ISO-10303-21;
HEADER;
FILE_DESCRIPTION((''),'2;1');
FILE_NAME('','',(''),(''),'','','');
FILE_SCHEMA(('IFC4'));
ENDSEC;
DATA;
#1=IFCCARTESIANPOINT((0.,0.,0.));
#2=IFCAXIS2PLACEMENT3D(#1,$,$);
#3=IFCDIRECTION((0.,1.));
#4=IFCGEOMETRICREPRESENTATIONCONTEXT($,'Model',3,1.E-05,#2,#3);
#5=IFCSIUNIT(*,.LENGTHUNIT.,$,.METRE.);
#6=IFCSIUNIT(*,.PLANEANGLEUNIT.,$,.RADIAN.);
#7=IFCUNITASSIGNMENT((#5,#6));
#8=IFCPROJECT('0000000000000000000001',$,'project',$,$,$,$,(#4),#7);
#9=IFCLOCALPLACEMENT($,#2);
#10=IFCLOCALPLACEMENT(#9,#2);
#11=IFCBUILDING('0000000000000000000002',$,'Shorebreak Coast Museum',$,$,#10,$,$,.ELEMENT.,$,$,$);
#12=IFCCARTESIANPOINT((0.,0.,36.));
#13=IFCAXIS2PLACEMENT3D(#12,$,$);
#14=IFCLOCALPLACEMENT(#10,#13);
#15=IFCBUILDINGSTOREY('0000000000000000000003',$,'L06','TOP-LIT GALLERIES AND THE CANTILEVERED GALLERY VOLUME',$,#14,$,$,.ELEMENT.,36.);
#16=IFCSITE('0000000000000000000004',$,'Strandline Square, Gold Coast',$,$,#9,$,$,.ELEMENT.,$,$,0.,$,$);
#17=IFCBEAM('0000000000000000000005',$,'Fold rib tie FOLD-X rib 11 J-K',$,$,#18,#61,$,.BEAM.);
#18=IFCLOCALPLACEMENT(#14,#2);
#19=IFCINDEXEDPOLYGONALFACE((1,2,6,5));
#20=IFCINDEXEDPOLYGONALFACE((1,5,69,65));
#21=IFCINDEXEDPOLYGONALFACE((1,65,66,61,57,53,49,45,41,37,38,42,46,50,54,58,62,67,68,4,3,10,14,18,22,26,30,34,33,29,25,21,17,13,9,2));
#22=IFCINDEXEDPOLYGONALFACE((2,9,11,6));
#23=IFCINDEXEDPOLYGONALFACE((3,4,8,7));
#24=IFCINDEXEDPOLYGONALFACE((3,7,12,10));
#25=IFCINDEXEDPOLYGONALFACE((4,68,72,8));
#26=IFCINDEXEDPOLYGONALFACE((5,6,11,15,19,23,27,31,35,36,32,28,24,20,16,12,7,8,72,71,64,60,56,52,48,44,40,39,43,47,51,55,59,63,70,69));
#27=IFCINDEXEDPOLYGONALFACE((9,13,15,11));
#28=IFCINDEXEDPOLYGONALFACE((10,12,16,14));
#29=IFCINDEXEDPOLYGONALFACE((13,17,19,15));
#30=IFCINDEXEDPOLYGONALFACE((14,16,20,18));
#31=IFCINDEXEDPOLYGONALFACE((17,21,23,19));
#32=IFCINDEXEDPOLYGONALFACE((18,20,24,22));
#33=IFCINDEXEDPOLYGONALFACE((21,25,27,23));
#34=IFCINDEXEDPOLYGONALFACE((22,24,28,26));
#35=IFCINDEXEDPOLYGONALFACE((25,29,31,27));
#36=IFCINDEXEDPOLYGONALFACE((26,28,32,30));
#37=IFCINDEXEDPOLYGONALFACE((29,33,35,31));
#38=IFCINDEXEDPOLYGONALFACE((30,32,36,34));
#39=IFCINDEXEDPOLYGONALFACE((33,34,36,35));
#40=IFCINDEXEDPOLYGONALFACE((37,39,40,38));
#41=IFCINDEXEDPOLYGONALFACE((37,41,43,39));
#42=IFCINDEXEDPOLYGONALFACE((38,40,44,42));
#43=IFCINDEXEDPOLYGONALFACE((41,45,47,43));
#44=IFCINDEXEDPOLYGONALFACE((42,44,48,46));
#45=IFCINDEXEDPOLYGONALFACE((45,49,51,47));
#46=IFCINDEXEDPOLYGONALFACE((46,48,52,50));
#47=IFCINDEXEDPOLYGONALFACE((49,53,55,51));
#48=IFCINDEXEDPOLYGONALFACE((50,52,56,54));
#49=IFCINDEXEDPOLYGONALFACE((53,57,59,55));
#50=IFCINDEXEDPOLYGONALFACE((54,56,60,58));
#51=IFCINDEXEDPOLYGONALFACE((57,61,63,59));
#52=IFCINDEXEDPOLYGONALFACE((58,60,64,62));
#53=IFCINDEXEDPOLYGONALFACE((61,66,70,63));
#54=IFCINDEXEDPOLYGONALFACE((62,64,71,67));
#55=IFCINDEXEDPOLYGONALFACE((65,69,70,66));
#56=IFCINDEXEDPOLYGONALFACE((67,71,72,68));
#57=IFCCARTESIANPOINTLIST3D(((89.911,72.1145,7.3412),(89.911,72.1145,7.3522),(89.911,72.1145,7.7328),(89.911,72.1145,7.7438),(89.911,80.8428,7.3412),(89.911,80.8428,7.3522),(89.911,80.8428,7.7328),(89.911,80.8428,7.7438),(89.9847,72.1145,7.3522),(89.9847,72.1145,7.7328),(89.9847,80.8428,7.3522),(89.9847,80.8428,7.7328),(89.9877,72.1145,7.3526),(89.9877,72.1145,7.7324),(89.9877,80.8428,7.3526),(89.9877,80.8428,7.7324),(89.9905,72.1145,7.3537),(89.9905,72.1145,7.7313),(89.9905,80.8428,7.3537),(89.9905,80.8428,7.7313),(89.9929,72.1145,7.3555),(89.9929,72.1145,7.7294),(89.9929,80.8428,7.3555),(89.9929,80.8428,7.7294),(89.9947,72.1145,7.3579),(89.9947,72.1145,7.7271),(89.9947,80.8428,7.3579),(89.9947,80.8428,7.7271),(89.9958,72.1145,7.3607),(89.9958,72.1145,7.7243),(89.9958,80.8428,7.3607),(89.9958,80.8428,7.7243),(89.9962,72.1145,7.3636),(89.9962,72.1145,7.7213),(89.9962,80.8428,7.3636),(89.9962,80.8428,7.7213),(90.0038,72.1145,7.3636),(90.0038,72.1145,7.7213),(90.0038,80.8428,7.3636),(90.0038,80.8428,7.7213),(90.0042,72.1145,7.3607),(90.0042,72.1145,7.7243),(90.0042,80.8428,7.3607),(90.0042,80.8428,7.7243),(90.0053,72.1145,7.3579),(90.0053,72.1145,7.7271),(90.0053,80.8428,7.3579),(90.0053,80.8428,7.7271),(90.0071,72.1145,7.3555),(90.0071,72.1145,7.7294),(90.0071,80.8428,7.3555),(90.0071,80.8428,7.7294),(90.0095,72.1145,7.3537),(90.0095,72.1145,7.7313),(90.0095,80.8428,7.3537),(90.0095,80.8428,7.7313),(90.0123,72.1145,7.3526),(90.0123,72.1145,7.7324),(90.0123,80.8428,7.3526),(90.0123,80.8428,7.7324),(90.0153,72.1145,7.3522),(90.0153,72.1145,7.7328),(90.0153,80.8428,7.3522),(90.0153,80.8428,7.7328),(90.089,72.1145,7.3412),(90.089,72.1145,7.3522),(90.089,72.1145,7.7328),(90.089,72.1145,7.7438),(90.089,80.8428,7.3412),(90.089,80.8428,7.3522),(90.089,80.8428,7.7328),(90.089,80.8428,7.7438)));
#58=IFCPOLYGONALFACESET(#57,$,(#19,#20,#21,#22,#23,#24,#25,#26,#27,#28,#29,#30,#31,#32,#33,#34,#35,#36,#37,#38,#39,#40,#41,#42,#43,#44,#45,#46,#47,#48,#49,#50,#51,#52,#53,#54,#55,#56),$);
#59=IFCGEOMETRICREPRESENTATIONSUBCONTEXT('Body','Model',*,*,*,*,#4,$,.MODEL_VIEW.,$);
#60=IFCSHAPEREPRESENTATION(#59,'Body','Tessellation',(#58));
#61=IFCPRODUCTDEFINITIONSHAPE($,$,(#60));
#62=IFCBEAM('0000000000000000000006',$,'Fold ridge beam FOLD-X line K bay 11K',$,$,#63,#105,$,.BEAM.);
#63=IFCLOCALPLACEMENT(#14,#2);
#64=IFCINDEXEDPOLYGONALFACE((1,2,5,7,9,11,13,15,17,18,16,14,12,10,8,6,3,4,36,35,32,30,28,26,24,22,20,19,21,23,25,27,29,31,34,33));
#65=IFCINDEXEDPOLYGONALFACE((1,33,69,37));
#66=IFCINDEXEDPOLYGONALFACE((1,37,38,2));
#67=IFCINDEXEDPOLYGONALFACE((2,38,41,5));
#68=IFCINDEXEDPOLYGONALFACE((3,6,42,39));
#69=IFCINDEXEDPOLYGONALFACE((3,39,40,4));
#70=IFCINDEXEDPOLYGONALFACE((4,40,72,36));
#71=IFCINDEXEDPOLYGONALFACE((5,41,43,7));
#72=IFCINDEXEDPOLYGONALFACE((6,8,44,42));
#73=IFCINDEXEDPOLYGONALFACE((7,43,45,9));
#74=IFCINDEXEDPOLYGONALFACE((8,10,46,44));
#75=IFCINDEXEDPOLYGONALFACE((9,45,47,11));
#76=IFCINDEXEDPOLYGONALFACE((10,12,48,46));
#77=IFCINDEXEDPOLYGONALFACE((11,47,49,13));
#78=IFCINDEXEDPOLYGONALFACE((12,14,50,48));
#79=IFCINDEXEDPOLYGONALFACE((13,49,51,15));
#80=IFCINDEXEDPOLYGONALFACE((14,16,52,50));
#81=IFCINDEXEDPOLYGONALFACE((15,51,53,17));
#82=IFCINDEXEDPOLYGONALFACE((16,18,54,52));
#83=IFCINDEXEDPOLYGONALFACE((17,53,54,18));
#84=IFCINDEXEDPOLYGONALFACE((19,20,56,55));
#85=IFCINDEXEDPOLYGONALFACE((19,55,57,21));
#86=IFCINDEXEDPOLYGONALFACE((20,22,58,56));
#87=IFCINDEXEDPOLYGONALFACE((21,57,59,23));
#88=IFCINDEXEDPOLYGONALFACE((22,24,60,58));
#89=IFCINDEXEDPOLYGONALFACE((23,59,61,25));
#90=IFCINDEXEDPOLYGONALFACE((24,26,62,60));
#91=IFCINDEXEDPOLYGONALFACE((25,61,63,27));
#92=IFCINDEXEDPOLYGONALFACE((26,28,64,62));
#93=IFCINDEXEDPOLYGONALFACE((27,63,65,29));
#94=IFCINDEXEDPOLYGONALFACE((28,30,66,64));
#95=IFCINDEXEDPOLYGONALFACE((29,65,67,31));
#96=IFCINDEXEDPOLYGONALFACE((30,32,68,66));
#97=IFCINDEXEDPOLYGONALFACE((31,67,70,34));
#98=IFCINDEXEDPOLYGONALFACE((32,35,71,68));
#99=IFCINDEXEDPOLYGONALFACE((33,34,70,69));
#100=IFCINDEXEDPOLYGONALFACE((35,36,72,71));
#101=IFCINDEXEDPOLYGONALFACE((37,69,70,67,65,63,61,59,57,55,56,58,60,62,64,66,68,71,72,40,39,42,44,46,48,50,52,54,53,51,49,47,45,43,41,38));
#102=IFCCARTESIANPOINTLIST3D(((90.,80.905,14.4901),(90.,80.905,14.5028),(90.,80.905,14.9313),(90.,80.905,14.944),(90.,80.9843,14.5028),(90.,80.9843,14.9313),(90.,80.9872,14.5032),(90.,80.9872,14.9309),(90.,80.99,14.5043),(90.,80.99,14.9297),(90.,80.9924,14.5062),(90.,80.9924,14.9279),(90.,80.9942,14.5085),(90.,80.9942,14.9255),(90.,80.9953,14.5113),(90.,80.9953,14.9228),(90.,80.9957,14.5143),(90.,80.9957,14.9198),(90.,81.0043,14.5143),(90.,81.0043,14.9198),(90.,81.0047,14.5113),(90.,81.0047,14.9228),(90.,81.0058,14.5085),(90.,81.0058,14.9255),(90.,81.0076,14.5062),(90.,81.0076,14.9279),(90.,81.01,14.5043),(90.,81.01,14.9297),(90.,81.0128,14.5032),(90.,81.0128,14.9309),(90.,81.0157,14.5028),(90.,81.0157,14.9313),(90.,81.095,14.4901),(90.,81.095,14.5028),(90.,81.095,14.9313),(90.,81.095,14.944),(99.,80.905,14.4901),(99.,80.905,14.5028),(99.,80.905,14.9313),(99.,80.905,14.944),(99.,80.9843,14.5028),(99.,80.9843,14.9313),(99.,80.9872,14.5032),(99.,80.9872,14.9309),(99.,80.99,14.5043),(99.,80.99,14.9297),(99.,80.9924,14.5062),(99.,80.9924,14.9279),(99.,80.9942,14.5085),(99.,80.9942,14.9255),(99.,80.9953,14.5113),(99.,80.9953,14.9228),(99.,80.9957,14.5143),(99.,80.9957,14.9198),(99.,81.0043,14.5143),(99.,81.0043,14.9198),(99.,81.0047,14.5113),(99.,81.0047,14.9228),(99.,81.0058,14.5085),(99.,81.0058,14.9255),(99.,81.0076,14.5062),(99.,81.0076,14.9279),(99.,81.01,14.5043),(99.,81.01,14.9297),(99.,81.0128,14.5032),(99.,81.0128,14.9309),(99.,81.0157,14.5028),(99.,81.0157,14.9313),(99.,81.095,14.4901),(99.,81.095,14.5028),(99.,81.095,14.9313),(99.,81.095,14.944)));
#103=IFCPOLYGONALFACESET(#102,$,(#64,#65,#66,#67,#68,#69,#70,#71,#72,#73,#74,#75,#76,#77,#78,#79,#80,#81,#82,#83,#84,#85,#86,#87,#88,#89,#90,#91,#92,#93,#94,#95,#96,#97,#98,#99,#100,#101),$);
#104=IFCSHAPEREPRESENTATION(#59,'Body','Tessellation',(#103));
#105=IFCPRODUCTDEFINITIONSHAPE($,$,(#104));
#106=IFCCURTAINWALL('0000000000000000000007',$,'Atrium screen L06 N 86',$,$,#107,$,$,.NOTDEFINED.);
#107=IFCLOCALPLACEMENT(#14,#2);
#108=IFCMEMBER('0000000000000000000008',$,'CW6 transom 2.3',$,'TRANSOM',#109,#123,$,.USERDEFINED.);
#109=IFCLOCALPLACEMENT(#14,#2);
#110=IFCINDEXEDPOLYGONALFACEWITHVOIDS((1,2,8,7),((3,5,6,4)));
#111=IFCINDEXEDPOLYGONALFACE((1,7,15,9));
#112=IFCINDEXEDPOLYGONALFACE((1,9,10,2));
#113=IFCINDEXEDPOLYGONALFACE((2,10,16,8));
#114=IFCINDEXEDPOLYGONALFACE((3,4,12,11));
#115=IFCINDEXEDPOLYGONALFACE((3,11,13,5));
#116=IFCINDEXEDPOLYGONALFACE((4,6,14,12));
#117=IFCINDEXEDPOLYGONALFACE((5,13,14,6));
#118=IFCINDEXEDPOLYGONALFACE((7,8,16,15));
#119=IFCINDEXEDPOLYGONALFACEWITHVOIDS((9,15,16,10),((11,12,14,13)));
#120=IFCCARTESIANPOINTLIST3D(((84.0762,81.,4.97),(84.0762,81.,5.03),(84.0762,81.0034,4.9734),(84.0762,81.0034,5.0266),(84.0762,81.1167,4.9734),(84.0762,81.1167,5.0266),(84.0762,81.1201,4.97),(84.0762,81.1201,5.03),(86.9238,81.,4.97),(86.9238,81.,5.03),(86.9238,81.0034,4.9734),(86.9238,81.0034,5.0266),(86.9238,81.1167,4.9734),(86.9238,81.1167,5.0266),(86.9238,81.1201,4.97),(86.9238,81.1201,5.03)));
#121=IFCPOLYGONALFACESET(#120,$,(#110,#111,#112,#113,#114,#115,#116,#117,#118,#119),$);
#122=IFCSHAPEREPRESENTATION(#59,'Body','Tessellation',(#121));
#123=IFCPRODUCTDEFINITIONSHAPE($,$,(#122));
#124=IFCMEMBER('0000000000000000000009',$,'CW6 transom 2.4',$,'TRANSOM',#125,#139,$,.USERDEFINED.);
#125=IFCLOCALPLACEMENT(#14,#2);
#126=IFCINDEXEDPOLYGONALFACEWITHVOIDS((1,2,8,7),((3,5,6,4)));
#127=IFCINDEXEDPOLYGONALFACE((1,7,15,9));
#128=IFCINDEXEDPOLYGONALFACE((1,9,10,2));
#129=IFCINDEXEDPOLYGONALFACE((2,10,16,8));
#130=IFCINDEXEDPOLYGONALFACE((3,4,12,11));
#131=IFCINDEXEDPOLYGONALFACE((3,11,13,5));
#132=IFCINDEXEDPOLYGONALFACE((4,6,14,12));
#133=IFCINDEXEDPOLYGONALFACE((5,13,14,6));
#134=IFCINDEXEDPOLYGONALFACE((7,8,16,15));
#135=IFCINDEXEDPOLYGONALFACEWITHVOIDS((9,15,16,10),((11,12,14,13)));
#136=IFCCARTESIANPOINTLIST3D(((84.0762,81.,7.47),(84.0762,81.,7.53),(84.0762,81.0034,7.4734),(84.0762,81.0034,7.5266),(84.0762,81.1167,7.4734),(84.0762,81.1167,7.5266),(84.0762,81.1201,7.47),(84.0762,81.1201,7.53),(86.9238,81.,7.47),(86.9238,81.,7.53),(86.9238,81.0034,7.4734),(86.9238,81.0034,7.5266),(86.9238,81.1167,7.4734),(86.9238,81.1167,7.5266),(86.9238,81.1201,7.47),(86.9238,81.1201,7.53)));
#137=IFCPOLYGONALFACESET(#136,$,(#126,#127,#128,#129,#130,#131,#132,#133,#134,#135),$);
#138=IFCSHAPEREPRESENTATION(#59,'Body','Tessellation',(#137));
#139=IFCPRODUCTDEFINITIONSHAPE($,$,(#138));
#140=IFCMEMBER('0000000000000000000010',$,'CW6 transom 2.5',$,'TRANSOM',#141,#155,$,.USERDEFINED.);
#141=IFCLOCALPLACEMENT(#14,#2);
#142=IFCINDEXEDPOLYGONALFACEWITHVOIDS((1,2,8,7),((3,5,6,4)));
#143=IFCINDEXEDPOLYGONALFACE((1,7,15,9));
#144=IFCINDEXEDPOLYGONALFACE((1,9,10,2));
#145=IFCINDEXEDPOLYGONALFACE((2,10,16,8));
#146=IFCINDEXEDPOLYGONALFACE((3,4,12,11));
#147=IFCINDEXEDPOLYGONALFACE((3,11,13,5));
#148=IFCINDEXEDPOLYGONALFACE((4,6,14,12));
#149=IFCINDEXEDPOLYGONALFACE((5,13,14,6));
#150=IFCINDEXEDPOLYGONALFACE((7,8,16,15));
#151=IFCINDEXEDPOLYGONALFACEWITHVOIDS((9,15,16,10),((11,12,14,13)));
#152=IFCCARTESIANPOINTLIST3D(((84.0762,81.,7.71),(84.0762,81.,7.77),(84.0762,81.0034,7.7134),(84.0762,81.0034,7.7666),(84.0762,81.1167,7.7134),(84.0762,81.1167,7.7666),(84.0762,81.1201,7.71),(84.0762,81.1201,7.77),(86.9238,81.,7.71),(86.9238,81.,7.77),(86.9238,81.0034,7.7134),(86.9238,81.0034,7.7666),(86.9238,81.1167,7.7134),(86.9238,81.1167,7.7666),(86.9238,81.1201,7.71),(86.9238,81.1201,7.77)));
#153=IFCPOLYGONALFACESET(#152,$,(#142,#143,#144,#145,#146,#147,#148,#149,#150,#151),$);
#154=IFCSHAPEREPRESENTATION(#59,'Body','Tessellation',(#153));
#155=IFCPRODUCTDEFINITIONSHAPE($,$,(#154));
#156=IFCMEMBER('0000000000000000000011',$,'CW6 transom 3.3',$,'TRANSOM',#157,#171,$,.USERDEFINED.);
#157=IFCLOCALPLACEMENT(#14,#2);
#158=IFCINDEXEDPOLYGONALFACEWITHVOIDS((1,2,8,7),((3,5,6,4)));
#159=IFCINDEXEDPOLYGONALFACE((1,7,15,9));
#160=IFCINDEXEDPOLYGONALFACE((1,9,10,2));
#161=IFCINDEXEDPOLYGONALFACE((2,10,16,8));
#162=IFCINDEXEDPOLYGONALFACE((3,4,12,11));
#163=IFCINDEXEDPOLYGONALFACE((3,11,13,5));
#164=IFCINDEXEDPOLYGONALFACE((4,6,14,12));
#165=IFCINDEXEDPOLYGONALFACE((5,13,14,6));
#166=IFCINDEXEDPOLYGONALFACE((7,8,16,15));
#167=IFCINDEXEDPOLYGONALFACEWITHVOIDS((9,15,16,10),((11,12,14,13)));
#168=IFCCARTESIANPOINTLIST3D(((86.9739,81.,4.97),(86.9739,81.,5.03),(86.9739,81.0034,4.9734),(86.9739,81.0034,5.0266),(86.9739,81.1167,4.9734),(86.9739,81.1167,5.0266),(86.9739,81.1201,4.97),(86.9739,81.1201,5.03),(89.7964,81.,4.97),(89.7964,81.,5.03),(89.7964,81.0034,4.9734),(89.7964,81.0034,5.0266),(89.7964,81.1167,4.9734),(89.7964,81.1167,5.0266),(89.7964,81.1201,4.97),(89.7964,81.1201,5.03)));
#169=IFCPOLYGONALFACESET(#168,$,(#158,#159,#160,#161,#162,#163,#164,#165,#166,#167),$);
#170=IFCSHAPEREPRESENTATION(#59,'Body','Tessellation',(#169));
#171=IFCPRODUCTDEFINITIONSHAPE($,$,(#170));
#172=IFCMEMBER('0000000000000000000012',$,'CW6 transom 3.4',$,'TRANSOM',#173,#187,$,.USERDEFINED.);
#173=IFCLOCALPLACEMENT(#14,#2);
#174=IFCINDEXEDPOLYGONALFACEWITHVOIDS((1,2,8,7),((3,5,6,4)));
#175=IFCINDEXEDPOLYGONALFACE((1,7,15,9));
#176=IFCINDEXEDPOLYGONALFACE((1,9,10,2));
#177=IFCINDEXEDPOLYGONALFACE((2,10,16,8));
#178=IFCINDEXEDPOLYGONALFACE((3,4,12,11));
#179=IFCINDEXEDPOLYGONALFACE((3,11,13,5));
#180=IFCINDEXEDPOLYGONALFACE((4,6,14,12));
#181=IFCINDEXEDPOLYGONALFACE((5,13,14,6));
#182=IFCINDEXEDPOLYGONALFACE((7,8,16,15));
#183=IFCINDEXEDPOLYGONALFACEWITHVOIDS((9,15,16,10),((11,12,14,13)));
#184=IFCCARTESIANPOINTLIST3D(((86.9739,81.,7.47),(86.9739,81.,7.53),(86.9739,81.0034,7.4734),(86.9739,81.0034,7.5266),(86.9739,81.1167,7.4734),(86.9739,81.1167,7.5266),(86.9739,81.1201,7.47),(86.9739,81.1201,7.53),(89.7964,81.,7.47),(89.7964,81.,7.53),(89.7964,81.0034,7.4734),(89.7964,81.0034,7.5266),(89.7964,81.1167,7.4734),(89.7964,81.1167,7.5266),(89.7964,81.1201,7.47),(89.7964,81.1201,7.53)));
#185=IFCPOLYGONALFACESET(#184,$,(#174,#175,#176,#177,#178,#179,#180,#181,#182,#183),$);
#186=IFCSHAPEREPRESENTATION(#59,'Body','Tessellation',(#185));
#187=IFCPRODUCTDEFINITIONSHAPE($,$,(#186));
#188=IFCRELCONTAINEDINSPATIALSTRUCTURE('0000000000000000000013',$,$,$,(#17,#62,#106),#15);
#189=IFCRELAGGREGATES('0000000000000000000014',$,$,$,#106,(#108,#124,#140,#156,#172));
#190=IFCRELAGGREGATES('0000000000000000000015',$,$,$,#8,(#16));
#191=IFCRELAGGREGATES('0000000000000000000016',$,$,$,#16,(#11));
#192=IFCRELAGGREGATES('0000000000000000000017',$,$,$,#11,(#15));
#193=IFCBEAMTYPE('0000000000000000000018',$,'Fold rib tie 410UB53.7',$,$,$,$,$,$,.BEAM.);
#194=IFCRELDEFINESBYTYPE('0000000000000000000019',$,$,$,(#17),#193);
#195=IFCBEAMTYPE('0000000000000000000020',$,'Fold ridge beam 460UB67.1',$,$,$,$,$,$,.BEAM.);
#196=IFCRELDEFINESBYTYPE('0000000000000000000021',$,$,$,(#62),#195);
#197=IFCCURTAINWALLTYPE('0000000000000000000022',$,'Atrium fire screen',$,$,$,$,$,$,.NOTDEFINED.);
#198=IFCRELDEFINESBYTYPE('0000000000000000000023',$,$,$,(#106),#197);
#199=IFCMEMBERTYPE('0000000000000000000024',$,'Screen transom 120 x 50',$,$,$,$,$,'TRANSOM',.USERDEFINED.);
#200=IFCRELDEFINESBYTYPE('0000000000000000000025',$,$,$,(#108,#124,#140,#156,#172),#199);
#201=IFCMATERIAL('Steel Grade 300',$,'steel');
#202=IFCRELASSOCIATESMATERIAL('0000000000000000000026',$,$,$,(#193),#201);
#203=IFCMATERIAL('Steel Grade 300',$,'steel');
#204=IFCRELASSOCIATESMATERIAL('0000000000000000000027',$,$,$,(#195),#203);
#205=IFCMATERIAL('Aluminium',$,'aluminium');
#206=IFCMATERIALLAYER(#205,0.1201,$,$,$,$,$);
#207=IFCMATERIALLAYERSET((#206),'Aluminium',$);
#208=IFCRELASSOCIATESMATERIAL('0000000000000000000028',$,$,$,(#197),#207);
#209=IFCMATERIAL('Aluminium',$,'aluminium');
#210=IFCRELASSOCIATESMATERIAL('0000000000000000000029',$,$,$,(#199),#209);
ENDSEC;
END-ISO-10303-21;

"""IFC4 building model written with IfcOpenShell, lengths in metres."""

from ifc_helpers import new_model, si_unit, direction, frame, origin, origin_2d, place, context, subcontext, project, spatial, hollow_rectangle, i_section, extrude, material, layer, layer_set, material_profile, profile_set, type_object, element, aggregate, save


model = new_model("IFC4")

# Units and contexts
model_context = context("Model", 3, precision=1e-05, world=origin(), true_north=direction((0.0, 1.0)))
body_context = subcontext(model_context, "Body", "Model", "MODEL_VIEW")
ifc_project = project(units=[si_unit("LENGTHUNIT", "METRE"), si_unit("PLANEANGLEUNIT", "RADIAN")], contexts=[model_context])

# Site, building, storey
site_placement = place(None, origin())
site = spatial("IfcSite", under=ifc_project, at=site_placement, Name="Strandline Square, Gold Coast", CompositionType="ELEMENT", RefElevation=0.0)
building_placement = place(site_placement, origin())
building = spatial("IfcBuilding", under=site, at=building_placement, Name="Shorebreak Coast Museum", CompositionType="ELEMENT")
storey_placement = place(building_placement, frame((0.0, 0.0, 36.0)))
storey = spatial("IfcBuildingStorey", under=building, at=storey_placement, Name="L06", Description="TOP-LIT GALLERIES AND THE CANTILEVERED GALLERY VOLUME", CompositionType="ELEMENT", Elevation=36.0)

# Beams
ifc_material_1 = material(Name="Steel Grade 300", Category="steel")
ifc_material_profile_1 = material_profile(ifc_material_1, i_section(OverallWidth=0.178, OverallDepth=0.4026, WebThickness=0.0076, FlangeThickness=0.011, FilletRadius=0.0115, at=origin_2d()), Name="410UB53.7")
ifc_profile_set_1 = profile_set([ifc_material_profile_1], Name="Steel Grade 300")
beam_type_1 = type_object("IfcBeamType", Name="Fold rib tie 410UB53.7", PredefinedType="BEAM", material=ifc_profile_set_1)
beam_1_placement = place(storey_placement, frame((90.0, 72.1145, 7.5425), z_axis=(0.0, 1.0, 0.0), x_axis=(-1.0, 0.0, 0.0)))
element("IfcBeam", 1, at=beam_1_placement, inside=storey, type_object=beam_type_1, Name="Fold rib tie FOLD-X rib 11 J-K", PredefinedType="BEAM", context=body_context, shape_type="SweptSolid", body=[
    extrude(i_section(OverallWidth=0.178, OverallDepth=0.4026, WebThickness=0.0076, FlangeThickness=0.011, FilletRadius=0.0115, at=origin_2d()), origin(), (0.0, 0.0, 1.0), 8.7283),
])
ifc_material_2 = material(Name="Steel Grade 300", Category="steel")
ifc_material_profile_2 = material_profile(ifc_material_2, i_section(OverallWidth=0.1899, OverallDepth=0.4539, WebThickness=0.0085, FlangeThickness=0.0127, FilletRadius=0.0115, at=origin_2d()), Name="460UB67.1")
ifc_profile_set_2 = profile_set([ifc_material_profile_2], Name="Steel Grade 300")
beam_type_2 = type_object("IfcBeamType", Name="Fold ridge beam 460UB67.1", PredefinedType="BEAM", material=ifc_profile_set_2)
beam_2_placement = place(storey_placement, frame((90.0, 81.0, 14.717), z_axis=(1.0, 0.0, 0.0), x_axis=(0.0, 1.0, 0.0)))
element("IfcBeam", 2, at=beam_2_placement, inside=storey, type_object=beam_type_2, Name="Fold ridge beam FOLD-X line K bay 11K", PredefinedType="BEAM", context=body_context, shape_type="SweptSolid", body=[
    extrude(i_section(OverallWidth=0.1899, OverallDepth=0.4539, WebThickness=0.0085, FlangeThickness=0.0127, FilletRadius=0.0115, at=origin_2d()), origin(), (0.0, 0.0, 1.0), 9.0),
])

# Curtain wall, members
ifc_material_3 = material(Name="Aluminium", Category="aluminium")
ifc_layer_1 = layer(ifc_material_3, 0.1201)
ifc_layer_set_1 = layer_set([ifc_layer_1], Name="Aluminium")
curtain_wall_type = type_object("IfcCurtainWallType", Name="Atrium fire screen", PredefinedType="NOTDEFINED", material=ifc_layer_set_1)
curtain_wall_1_placement = place(storey_placement, origin())
curtain_wall_1 = element("IfcCurtainWall", 3, at=curtain_wall_1_placement, inside=storey, type_object=curtain_wall_type, Name="Atrium screen L06 N 86", PredefinedType="NOTDEFINED")
ifc_material_4 = material(Name="Aluminium", Category="aluminium")
ifc_material_profile_3 = material_profile(ifc_material_4, hollow_rectangle(XDim=0.1201, YDim=0.0601, WallThickness=0.0034, at=origin_2d()), Name="AL 60x120 RHS")
ifc_profile_set_3 = profile_set([ifc_material_profile_3], Name="Aluminium")
member_type_1 = type_object("IfcMemberType", Name="Screen transom 120 x 50", ElementType="TRANSOM", PredefinedType="USERDEFINED", material=ifc_profile_set_3)
member_1_placement = place(storey_placement, frame((84.0762, 81.0601, 5.0), z_axis=(1.0, 0.0, 0.0), x_axis=(0.0, 1.0, 0.0)))
member_1 = element("IfcMember", 4, at=member_1_placement, type_object=member_type_1, Name="CW6 transom 2.3", ObjectType="TRANSOM", PredefinedType="USERDEFINED", context=body_context, shape_type="SweptSolid", body=[
    extrude(hollow_rectangle(XDim=0.1201, YDim=0.0601, WallThickness=0.0034, at=origin_2d()), origin(), (0.0, 0.0, 1.0), 2.8477),
])
member_2_placement = place(storey_placement, frame((84.0762, 81.0601, 7.5), z_axis=(1.0, 0.0, 0.0), x_axis=(0.0, 1.0, 0.0)))
member_2 = element("IfcMember", 5, at=member_2_placement, type_object=member_type_1, Name="CW6 transom 2.4", ObjectType="TRANSOM", PredefinedType="USERDEFINED", context=body_context, shape_type="SweptSolid", body=[
    extrude(hollow_rectangle(XDim=0.1201, YDim=0.0601, WallThickness=0.0034, at=origin_2d()), origin(), (0.0, 0.0, 1.0), 2.8477),
])
member_3_placement = place(storey_placement, frame((84.0762, 81.0601, 7.74), z_axis=(1.0, 0.0, 0.0), x_axis=(0.0, 1.0, 0.0)))
member_3 = element("IfcMember", 6, at=member_3_placement, type_object=member_type_1, Name="CW6 transom 2.5", ObjectType="TRANSOM", PredefinedType="USERDEFINED", context=body_context, shape_type="SweptSolid", body=[
    extrude(hollow_rectangle(XDim=0.1201, YDim=0.0601, WallThickness=0.0034, at=origin_2d()), origin(), (0.0, 0.0, 1.0), 2.8477),
])
member_4_placement = place(storey_placement, frame((86.9739, 81.0601, 5.0), z_axis=(1.0, 0.0, 0.0), x_axis=(0.0, 1.0, 0.0)))
member_4 = element("IfcMember", 7, at=member_4_placement, type_object=member_type_1, Name="CW6 transom 3.3", ObjectType="TRANSOM", PredefinedType="USERDEFINED", context=body_context, shape_type="SweptSolid", body=[
    extrude(hollow_rectangle(XDim=0.1201, YDim=0.0601, WallThickness=0.0034, at=origin_2d()), origin(), (0.0, 0.0, 1.0), 2.8225),
])
member_5_placement = place(storey_placement, frame((86.9739, 81.0601, 7.5), z_axis=(1.0, 0.0, 0.0), x_axis=(0.0, 1.0, 0.0)))
member_5 = element("IfcMember", 8, at=member_5_placement, type_object=member_type_1, Name="CW6 transom 3.4", ObjectType="TRANSOM", PredefinedType="USERDEFINED", context=body_context, shape_type="SweptSolid", body=[
    extrude(hollow_rectangle(XDim=0.1201, YDim=0.0601, WallThickness=0.0034, at=origin_2d()), origin(), (0.0, 0.0, 1.0), 2.8225),
])

aggregate(curtain_wall_1, [member_1, member_2, member_3, member_4, member_5])

save(model, "model.ifc")
